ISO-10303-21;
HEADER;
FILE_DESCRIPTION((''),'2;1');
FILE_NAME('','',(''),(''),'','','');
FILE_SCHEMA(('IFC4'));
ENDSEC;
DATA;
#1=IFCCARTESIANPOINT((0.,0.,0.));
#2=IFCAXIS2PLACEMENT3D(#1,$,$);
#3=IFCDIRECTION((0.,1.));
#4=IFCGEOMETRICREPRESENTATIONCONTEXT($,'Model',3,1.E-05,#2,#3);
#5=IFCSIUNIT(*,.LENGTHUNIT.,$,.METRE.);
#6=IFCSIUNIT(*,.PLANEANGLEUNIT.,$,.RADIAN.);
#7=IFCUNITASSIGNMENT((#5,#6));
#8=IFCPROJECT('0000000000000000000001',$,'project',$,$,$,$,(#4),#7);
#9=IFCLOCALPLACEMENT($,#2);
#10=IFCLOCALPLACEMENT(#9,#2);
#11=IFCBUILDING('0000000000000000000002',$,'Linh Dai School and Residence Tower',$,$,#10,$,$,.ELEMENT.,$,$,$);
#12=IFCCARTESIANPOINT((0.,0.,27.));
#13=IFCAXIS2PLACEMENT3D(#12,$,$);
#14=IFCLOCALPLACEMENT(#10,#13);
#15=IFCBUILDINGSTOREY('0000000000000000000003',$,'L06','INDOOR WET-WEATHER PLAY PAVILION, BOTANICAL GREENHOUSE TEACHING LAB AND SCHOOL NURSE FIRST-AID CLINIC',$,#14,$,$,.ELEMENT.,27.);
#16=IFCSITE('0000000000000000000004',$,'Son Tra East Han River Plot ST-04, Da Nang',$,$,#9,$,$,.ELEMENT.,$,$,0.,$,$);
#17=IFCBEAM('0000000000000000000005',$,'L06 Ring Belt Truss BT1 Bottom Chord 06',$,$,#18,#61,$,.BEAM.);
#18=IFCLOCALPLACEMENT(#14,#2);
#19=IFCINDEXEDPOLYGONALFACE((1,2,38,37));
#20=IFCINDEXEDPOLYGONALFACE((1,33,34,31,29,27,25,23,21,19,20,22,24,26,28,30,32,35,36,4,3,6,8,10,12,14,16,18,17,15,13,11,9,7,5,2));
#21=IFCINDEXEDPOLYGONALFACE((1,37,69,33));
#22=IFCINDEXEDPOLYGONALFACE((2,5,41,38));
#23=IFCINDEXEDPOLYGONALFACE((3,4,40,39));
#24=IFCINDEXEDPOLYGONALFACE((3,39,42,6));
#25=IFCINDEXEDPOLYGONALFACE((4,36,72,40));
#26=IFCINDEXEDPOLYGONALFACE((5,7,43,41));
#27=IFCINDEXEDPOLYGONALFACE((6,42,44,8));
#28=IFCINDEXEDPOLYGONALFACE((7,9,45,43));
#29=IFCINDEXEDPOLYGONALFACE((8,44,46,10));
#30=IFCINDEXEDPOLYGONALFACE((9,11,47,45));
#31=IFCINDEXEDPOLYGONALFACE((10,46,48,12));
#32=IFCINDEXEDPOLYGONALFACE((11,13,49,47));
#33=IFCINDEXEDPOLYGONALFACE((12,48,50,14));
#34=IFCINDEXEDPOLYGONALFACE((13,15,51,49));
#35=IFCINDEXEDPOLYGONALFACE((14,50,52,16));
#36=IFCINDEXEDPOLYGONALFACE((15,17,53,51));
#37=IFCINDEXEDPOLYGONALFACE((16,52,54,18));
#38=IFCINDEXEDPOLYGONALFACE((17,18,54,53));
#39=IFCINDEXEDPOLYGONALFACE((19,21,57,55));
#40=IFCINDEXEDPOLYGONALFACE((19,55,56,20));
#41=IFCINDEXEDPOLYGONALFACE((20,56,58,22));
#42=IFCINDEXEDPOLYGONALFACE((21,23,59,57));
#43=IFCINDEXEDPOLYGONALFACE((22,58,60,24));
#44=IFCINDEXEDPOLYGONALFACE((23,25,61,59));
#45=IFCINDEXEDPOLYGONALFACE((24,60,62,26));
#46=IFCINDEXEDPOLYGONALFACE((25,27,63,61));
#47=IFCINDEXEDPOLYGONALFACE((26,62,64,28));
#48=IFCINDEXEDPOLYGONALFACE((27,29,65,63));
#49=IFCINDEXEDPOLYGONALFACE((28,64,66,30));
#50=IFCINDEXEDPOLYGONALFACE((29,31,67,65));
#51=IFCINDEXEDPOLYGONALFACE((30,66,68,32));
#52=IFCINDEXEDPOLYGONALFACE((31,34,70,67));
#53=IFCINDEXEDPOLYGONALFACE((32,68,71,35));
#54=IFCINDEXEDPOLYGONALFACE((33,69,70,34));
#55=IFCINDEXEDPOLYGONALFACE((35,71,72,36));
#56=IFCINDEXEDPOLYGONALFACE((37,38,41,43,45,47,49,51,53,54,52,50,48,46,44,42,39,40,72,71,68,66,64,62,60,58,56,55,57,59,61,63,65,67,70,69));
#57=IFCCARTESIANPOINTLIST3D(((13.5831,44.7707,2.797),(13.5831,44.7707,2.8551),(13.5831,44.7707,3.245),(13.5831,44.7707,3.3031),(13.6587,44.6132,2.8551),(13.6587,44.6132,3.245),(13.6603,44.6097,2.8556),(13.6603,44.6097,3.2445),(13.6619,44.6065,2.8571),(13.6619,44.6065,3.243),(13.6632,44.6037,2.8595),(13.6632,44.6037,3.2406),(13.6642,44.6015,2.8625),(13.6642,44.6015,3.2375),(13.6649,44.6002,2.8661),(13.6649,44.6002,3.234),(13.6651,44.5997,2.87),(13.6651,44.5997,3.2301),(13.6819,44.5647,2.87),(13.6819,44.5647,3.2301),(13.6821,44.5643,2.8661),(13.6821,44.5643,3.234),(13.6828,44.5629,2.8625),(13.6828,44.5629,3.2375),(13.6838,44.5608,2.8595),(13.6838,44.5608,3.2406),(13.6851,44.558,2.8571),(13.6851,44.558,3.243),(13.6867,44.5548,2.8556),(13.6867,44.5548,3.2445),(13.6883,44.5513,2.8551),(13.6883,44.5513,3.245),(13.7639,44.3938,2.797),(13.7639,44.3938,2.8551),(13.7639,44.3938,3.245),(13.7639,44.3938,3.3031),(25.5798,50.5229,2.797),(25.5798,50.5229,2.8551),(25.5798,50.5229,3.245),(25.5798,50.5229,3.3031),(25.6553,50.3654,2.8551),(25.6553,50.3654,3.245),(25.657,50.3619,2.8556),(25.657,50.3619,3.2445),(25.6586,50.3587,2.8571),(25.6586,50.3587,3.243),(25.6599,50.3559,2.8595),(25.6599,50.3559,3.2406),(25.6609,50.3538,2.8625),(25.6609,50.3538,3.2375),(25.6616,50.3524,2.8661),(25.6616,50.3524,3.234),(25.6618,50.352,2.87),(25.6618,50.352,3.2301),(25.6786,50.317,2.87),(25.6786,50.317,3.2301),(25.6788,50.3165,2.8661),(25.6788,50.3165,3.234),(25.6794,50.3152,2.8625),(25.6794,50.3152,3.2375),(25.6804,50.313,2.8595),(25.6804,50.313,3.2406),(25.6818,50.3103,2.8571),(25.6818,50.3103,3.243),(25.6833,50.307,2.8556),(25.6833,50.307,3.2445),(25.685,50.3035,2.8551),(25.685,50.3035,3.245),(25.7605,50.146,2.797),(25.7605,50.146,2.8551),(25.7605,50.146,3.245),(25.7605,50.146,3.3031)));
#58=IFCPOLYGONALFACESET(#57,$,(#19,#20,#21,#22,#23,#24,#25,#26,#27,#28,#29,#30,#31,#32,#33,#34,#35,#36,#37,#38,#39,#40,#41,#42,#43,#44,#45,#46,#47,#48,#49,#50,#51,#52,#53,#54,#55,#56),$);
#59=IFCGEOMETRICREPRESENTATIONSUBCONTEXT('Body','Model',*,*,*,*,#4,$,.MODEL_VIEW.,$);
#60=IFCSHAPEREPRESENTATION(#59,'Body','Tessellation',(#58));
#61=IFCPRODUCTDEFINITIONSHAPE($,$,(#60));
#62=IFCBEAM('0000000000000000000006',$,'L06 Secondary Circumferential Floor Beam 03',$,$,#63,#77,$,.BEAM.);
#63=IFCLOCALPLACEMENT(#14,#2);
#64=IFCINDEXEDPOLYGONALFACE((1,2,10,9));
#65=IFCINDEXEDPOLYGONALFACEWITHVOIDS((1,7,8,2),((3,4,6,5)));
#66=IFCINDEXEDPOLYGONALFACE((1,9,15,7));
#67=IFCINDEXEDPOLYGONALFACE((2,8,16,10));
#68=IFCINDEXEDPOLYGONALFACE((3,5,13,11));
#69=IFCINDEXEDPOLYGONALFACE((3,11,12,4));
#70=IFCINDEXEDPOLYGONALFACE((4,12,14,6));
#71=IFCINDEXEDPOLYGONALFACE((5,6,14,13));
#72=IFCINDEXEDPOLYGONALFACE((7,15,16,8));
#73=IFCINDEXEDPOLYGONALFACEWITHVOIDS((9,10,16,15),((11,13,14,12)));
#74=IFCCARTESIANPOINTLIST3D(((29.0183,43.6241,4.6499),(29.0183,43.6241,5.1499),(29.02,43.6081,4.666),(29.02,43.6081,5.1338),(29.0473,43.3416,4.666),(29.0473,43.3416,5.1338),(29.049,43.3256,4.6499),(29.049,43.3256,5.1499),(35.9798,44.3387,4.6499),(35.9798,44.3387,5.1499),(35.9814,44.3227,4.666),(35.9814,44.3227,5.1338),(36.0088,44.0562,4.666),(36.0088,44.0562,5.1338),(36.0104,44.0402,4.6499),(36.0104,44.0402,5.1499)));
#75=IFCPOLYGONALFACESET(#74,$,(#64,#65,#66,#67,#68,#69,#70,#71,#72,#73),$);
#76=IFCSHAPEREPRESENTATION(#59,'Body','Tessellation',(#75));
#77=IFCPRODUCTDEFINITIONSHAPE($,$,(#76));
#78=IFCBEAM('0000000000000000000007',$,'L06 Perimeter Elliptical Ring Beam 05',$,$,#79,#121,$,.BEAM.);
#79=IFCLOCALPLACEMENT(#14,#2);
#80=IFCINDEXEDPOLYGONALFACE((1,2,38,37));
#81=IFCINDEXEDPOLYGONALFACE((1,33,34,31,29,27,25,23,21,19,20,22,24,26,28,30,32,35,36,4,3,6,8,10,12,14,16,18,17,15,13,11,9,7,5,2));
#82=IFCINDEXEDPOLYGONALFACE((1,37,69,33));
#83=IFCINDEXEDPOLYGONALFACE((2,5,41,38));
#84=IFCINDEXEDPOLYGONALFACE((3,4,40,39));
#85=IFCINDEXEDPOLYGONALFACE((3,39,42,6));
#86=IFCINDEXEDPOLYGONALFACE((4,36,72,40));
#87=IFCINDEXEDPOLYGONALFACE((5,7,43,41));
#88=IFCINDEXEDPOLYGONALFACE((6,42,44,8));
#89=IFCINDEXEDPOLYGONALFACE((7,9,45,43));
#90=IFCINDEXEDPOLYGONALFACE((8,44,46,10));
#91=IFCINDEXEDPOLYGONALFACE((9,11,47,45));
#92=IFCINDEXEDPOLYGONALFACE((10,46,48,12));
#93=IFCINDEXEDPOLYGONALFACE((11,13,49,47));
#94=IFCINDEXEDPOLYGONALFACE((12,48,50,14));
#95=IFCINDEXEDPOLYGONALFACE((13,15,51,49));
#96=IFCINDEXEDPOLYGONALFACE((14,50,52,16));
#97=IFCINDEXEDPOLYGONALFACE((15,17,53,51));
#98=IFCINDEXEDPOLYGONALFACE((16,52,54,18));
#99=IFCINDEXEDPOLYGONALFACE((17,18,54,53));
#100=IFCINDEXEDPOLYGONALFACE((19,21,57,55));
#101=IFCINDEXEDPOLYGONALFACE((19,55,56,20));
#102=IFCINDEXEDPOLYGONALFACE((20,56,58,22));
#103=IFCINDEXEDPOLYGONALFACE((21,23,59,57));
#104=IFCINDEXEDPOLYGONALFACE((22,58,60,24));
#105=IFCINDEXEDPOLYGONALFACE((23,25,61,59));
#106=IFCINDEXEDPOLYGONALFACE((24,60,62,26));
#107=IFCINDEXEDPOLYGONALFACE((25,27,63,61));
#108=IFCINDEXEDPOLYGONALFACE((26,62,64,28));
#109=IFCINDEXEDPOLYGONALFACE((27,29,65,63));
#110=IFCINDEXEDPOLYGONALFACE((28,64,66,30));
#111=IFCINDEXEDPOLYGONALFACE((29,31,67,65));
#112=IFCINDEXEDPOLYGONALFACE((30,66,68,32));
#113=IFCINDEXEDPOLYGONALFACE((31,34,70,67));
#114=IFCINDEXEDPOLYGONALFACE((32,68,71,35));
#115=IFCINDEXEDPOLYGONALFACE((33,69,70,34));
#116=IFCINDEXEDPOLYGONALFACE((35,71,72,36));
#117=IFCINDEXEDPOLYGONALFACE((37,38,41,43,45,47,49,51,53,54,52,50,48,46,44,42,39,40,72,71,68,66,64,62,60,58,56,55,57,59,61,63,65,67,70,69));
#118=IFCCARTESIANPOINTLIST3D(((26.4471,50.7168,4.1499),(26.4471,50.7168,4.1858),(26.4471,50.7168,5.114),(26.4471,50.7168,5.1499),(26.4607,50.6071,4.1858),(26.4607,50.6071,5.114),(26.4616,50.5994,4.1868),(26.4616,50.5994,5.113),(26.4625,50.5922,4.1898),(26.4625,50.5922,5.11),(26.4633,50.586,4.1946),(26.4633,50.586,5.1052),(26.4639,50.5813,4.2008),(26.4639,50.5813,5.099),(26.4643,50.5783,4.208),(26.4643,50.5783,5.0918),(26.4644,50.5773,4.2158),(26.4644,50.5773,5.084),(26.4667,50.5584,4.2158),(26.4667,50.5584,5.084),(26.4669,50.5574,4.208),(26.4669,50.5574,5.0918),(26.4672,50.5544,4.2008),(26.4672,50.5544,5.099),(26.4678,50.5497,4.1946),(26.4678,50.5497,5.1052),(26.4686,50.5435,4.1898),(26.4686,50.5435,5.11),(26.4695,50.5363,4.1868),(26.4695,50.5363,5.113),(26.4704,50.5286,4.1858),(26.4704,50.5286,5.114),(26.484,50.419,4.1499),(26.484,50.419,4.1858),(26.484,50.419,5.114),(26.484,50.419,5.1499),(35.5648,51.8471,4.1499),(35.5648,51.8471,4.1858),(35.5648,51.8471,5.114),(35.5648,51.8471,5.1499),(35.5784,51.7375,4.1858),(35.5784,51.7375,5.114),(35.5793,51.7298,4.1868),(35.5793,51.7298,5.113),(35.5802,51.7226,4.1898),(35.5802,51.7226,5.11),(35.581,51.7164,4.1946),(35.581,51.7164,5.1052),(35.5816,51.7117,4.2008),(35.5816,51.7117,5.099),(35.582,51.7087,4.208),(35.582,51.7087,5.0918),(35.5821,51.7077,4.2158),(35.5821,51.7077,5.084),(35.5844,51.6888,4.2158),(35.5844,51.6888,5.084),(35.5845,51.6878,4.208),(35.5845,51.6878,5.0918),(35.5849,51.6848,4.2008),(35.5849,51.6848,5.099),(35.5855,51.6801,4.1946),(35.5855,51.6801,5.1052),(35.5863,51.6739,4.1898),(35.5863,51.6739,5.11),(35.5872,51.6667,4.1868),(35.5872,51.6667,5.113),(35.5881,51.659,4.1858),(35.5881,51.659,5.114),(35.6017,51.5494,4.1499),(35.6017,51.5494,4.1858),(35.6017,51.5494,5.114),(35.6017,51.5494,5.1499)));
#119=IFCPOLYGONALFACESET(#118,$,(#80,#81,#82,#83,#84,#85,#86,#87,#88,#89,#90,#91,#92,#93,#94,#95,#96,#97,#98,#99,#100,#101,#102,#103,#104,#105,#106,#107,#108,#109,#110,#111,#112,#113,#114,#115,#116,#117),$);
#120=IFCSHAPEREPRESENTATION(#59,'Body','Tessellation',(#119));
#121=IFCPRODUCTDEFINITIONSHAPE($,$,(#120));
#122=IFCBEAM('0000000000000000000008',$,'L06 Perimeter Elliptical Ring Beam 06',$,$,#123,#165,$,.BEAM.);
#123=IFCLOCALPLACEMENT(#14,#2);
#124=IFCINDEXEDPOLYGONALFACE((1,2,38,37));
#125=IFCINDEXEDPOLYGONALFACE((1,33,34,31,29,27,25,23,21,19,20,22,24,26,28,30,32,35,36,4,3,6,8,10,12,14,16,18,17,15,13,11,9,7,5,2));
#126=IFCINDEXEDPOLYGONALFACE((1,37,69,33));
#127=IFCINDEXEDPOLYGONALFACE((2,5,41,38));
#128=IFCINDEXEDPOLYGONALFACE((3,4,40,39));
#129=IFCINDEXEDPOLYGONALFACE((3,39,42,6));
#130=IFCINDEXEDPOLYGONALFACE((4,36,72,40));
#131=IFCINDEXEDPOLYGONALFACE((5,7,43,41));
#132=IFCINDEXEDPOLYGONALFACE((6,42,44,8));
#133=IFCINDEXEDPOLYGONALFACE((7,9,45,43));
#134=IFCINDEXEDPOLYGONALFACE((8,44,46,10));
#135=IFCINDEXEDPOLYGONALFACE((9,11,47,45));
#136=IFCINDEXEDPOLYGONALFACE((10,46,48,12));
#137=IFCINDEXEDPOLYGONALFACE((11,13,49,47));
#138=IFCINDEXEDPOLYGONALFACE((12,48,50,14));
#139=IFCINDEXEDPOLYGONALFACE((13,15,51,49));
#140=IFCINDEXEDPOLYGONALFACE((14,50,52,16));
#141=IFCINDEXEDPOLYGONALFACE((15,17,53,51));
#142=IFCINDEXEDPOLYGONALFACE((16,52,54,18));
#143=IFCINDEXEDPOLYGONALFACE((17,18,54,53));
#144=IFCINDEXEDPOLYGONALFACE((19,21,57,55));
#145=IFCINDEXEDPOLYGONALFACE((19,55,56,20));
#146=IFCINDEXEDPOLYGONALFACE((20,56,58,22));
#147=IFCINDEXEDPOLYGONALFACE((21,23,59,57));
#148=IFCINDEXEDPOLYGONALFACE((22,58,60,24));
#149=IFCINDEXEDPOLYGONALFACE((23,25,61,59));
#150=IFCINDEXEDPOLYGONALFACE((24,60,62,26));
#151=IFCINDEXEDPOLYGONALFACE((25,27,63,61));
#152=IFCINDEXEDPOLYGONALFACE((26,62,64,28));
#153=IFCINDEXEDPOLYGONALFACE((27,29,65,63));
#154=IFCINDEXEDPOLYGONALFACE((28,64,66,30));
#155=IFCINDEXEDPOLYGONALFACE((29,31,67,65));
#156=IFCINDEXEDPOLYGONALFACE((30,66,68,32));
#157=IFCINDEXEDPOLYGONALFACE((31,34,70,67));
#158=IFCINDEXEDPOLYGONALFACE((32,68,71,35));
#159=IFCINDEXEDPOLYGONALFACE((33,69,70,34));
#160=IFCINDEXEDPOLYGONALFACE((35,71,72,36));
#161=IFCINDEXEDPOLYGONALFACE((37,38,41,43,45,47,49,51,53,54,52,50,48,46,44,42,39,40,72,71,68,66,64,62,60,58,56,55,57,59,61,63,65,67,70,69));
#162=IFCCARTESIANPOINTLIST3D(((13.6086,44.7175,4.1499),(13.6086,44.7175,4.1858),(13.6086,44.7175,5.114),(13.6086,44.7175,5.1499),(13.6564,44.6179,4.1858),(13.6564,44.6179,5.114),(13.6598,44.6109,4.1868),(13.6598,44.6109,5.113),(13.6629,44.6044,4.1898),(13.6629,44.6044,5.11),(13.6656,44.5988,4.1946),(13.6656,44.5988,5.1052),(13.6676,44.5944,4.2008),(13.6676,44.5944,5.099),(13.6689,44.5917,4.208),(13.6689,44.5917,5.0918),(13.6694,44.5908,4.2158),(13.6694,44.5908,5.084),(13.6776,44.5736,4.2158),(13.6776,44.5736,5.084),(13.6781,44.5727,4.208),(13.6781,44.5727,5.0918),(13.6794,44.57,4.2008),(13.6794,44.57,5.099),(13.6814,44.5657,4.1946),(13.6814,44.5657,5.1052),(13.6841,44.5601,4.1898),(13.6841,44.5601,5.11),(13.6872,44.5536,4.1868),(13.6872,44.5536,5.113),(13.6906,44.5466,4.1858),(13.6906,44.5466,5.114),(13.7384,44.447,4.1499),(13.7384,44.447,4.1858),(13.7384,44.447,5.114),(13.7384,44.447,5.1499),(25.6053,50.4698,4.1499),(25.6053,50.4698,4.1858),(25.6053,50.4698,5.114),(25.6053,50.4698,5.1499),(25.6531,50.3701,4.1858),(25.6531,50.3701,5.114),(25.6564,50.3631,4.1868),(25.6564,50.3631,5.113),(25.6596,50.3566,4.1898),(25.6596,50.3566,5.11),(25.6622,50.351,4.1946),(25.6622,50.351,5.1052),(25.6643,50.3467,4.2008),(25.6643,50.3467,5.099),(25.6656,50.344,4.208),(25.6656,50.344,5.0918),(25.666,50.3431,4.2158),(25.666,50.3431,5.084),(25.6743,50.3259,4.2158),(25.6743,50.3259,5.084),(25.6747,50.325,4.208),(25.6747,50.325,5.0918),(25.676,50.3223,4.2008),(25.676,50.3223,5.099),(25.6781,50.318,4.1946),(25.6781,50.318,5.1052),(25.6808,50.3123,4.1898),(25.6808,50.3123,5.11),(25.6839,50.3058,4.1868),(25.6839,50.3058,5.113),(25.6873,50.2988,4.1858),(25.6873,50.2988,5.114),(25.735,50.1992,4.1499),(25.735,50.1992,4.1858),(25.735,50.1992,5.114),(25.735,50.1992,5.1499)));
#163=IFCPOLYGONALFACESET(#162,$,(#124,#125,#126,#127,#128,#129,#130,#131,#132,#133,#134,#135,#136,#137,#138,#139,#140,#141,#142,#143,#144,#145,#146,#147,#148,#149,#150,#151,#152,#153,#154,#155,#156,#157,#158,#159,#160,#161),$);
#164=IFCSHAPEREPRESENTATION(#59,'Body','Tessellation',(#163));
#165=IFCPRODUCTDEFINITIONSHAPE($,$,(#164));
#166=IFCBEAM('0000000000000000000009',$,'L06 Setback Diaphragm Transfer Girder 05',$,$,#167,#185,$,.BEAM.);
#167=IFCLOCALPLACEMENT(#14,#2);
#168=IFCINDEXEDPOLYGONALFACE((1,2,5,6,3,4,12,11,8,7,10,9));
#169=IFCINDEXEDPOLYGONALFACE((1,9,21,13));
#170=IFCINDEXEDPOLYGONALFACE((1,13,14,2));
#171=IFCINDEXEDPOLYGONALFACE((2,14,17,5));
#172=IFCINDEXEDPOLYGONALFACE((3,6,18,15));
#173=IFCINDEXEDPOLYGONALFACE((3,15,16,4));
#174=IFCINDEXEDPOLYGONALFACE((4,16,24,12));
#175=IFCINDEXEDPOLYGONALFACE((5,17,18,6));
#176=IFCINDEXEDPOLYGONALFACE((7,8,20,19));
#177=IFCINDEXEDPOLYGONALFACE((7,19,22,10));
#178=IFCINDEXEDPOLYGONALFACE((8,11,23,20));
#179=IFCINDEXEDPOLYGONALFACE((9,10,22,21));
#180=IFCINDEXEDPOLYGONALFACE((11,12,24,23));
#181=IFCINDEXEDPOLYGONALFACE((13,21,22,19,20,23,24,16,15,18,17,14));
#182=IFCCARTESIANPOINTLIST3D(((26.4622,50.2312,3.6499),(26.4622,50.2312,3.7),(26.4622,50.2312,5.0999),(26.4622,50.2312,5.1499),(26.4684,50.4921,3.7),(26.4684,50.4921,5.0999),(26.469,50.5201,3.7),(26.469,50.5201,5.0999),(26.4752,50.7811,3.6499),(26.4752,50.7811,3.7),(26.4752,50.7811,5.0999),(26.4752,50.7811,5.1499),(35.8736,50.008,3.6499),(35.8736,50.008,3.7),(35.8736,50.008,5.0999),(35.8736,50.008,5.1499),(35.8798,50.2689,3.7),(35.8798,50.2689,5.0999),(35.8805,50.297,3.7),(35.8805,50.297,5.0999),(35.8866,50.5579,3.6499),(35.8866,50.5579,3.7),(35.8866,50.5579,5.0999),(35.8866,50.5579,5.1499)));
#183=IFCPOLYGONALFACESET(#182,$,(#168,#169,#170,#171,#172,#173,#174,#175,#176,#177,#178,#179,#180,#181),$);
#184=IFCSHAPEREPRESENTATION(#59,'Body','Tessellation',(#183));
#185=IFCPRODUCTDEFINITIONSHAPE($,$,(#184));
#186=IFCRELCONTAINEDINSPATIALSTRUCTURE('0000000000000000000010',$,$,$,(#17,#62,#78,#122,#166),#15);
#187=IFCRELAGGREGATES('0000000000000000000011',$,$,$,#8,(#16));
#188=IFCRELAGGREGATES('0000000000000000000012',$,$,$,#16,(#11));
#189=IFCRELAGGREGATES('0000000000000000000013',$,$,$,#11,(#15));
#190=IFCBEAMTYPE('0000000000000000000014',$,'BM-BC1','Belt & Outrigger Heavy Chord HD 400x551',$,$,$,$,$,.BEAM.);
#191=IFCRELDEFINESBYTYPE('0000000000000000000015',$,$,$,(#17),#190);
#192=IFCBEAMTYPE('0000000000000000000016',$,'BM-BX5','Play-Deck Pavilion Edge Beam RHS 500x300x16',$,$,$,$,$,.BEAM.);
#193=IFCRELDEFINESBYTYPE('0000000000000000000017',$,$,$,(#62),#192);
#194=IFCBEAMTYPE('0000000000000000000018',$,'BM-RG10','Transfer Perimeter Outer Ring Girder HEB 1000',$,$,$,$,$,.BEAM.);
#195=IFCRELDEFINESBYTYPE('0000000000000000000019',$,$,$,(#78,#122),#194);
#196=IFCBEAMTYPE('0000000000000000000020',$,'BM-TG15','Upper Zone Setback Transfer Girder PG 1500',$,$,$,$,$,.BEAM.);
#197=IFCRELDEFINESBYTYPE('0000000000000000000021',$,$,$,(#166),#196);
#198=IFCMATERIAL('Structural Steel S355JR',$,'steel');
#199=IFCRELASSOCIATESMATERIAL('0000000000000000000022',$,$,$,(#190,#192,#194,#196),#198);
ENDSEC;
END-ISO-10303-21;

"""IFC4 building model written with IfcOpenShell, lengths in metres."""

from ifc_helpers import new_model, si_unit, direction, frame, origin, origin_2d, place, context, subcontext, project, spatial, hollow_rectangle, i_section, extrude, material, material_profile, profile_set, type_object, element, save


model = new_model("IFC4")

# Units and contexts
model_context = context("Model", 3, precision=1e-05, world=origin(), true_north=direction((0.0, 1.0)))
body_context = subcontext(model_context, "Body", "Model", "MODEL_VIEW")
ifc_project = project(units=[si_unit("LENGTHUNIT", "METRE"), si_unit("PLANEANGLEUNIT", "RADIAN")], contexts=[model_context])

# Site, building, storey
site_placement = place(None, origin())
site = spatial("IfcSite", under=ifc_project, at=site_placement, Name="Son Tra East Han River Plot ST-04, Da Nang", CompositionType="ELEMENT", RefElevation=0.0)
building_placement = place(site_placement, origin())
building = spatial("IfcBuilding", under=site, at=building_placement, Name="Linh Dai School and Residence Tower", CompositionType="ELEMENT")
storey_placement = place(building_placement, frame((0.0, 0.0, 27.0)))
storey = spatial("IfcBuildingStorey", under=building, at=storey_placement, Name="L06", Description="INDOOR WET-WEATHER PLAY PAVILION, BOTANICAL GREENHOUSE TEACHING LAB AND SCHOOL NURSE FIRST-AID CLINIC", CompositionType="ELEMENT", Elevation=27.0)

# Shared definitions
ifc_material_1 = material(Name="Structural Steel S355JR", Category="steel")

# Beams
ifc_material_profile_1 = material_profile(ifc_material_1, i_section(OverallWidth=0.418, OverallDepth=0.5061, WebThickness=0.0388, FlangeThickness=0.0581, FilletRadius=0.0149, at=origin_2d()), Name="HD 400x551")
ifc_profile_set_1 = profile_set([ifc_material_profile_1], Name="Structural Steel S355JR")
beam_type_1 = type_object("IfcBeamType", Name="BM-BC1", Description="Belt & Outrigger Heavy Chord HD 400x551", PredefinedType="BEAM", material=ifc_profile_set_1)
beam_1_placement = place(storey_placement, frame((25.6702, 50.3345, 3.05), z_axis=(-0.901704, -0.432355, 0.0), x_axis=(0.432355, -0.901704, 0.0)))
element("IfcBeam", 1, at=beam_1_placement, inside=storey, type_object=beam_type_1, Name="L06 Ring Belt Truss BT1 Bottom Chord 06", PredefinedType="BEAM", context=body_context, shape_type="SweptSolid", body=[
    extrude(i_section(OverallWidth=0.418, OverallDepth=0.5061, WebThickness=0.0388, FlangeThickness=0.0581, FilletRadius=0.0149, at=origin_2d()), origin(), (0.0, 0.0, 1.0), 13.3044),
])
ifc_material_profile_2 = material_profile(ifc_material_1, hollow_rectangle(XDim=0.3, YDim=0.5, WallThickness=0.0161, at=origin_2d()), Name="RHS 500x300x16")
ifc_profile_set_2 = profile_set([ifc_material_profile_2], Name="Structural Steel S355JR")
beam_type_2 = type_object("IfcBeamType", Name="BM-BX5", Description="Play-Deck Pavilion Edge Beam RHS 500x300x16", PredefinedType="BEAM", material=ifc_profile_set_2)
beam_2_placement = place(storey_placement, frame((35.9951, 44.1895, 4.8999), z_axis=(-0.994773, -0.102115, 0.0), x_axis=(0.102115, -0.994773, 0.0)))
element("IfcBeam", 2, at=beam_2_placement, inside=storey, type_object=beam_type_2, Name="L06 Secondary Circumferential Floor Beam 03", PredefinedType="BEAM", context=body_context, shape_type="SweptSolid", body=[
    extrude(hollow_rectangle(XDim=0.3, YDim=0.5, WallThickness=0.0161, at=origin_2d()), origin(), (0.0, 0.0, 1.0), 6.998),
])
ifc_material_profile_3 = material_profile(ifc_material_1, i_section(OverallWidth=0.3, OverallDepth=1.0, WebThickness=0.019, FlangeThickness=0.0359, FilletRadius=0.03, at=origin_2d()), Name="HEB 1000")
ifc_profile_set_3 = profile_set([ifc_material_profile_3], Name="Structural Steel S355JR")
beam_type_3 = type_object("IfcBeamType", Name="BM-RG10", Description="Transfer Perimeter Outer Ring Girder HEB 1000", PredefinedType="BEAM", material=ifc_profile_set_3)
beam_3_placement = place(storey_placement, frame((35.5833, 51.6982, 4.6499), z_axis=(-0.992402, -0.123034, 0.0), x_axis=(0.123034, -0.992402, 0.0)))
element("IfcBeam", 3, at=beam_3_placement, inside=storey, type_object=beam_type_3, Name="L06 Perimeter Elliptical Ring Beam 05", PredefinedType="BEAM", context=body_context, shape_type="SweptSolid", body=[
    extrude(i_section(OverallWidth=0.3, OverallDepth=1.0, WebThickness=0.019, FlangeThickness=0.0359, FilletRadius=0.03, at=origin_2d()), origin(), (0.0, 0.0, 1.0), 9.1875),
])
beam_4_placement = place(storey_placement, frame((25.6702, 50.3345, 4.6499), z_axis=(-0.901704, -0.432355, 0.0), x_axis=(0.432355, -0.901704, 0.0)))
element("IfcBeam", 4, at=beam_4_placement, inside=storey, type_object=beam_type_3, Name="L06 Perimeter Elliptical Ring Beam 06", PredefinedType="BEAM", context=body_context, shape_type="SweptSolid", body=[
    extrude(i_section(OverallWidth=0.3, OverallDepth=1.0, WebThickness=0.019, FlangeThickness=0.0359, FilletRadius=0.03, at=origin_2d()), origin(), (0.0, 0.0, 1.0), 13.3044),
])
ifc_material_profile_4 = material_profile(ifc_material_1, i_section(OverallWidth=0.55, OverallDepth=1.5, WebThickness=0.0281, FlangeThickness=0.05, at=origin_2d()), Name="PG 1500x550x28x50")
ifc_profile_set_4 = profile_set([ifc_material_profile_4], Name="Structural Steel S355JR")
beam_type_4 = type_object("IfcBeamType", Name="BM-TG15", Description="Upper Zone Setback Transfer Girder PG 1500", PredefinedType="BEAM", material=ifc_profile_set_4)
beam_5_placement = place(storey_placement, frame((35.8801, 50.283, 4.3999), z_axis=(-0.999719, 0.023703, 0.0), x_axis=(-0.023703, -0.999719, 0.0)))
element("IfcBeam", 5, at=beam_5_placement, inside=storey, type_object=beam_type_4, Name="L06 Setback Diaphragm Transfer Girder 05", PredefinedType="BEAM", context=body_context, shape_type="SweptSolid", body=[
    extrude(i_section(OverallWidth=0.55, OverallDepth=1.5, WebThickness=0.0281, FlangeThickness=0.05, at=origin_2d()), origin(), (0.0, 0.0, 1.0), 9.4141),
])

save(model, "model.ifc")
